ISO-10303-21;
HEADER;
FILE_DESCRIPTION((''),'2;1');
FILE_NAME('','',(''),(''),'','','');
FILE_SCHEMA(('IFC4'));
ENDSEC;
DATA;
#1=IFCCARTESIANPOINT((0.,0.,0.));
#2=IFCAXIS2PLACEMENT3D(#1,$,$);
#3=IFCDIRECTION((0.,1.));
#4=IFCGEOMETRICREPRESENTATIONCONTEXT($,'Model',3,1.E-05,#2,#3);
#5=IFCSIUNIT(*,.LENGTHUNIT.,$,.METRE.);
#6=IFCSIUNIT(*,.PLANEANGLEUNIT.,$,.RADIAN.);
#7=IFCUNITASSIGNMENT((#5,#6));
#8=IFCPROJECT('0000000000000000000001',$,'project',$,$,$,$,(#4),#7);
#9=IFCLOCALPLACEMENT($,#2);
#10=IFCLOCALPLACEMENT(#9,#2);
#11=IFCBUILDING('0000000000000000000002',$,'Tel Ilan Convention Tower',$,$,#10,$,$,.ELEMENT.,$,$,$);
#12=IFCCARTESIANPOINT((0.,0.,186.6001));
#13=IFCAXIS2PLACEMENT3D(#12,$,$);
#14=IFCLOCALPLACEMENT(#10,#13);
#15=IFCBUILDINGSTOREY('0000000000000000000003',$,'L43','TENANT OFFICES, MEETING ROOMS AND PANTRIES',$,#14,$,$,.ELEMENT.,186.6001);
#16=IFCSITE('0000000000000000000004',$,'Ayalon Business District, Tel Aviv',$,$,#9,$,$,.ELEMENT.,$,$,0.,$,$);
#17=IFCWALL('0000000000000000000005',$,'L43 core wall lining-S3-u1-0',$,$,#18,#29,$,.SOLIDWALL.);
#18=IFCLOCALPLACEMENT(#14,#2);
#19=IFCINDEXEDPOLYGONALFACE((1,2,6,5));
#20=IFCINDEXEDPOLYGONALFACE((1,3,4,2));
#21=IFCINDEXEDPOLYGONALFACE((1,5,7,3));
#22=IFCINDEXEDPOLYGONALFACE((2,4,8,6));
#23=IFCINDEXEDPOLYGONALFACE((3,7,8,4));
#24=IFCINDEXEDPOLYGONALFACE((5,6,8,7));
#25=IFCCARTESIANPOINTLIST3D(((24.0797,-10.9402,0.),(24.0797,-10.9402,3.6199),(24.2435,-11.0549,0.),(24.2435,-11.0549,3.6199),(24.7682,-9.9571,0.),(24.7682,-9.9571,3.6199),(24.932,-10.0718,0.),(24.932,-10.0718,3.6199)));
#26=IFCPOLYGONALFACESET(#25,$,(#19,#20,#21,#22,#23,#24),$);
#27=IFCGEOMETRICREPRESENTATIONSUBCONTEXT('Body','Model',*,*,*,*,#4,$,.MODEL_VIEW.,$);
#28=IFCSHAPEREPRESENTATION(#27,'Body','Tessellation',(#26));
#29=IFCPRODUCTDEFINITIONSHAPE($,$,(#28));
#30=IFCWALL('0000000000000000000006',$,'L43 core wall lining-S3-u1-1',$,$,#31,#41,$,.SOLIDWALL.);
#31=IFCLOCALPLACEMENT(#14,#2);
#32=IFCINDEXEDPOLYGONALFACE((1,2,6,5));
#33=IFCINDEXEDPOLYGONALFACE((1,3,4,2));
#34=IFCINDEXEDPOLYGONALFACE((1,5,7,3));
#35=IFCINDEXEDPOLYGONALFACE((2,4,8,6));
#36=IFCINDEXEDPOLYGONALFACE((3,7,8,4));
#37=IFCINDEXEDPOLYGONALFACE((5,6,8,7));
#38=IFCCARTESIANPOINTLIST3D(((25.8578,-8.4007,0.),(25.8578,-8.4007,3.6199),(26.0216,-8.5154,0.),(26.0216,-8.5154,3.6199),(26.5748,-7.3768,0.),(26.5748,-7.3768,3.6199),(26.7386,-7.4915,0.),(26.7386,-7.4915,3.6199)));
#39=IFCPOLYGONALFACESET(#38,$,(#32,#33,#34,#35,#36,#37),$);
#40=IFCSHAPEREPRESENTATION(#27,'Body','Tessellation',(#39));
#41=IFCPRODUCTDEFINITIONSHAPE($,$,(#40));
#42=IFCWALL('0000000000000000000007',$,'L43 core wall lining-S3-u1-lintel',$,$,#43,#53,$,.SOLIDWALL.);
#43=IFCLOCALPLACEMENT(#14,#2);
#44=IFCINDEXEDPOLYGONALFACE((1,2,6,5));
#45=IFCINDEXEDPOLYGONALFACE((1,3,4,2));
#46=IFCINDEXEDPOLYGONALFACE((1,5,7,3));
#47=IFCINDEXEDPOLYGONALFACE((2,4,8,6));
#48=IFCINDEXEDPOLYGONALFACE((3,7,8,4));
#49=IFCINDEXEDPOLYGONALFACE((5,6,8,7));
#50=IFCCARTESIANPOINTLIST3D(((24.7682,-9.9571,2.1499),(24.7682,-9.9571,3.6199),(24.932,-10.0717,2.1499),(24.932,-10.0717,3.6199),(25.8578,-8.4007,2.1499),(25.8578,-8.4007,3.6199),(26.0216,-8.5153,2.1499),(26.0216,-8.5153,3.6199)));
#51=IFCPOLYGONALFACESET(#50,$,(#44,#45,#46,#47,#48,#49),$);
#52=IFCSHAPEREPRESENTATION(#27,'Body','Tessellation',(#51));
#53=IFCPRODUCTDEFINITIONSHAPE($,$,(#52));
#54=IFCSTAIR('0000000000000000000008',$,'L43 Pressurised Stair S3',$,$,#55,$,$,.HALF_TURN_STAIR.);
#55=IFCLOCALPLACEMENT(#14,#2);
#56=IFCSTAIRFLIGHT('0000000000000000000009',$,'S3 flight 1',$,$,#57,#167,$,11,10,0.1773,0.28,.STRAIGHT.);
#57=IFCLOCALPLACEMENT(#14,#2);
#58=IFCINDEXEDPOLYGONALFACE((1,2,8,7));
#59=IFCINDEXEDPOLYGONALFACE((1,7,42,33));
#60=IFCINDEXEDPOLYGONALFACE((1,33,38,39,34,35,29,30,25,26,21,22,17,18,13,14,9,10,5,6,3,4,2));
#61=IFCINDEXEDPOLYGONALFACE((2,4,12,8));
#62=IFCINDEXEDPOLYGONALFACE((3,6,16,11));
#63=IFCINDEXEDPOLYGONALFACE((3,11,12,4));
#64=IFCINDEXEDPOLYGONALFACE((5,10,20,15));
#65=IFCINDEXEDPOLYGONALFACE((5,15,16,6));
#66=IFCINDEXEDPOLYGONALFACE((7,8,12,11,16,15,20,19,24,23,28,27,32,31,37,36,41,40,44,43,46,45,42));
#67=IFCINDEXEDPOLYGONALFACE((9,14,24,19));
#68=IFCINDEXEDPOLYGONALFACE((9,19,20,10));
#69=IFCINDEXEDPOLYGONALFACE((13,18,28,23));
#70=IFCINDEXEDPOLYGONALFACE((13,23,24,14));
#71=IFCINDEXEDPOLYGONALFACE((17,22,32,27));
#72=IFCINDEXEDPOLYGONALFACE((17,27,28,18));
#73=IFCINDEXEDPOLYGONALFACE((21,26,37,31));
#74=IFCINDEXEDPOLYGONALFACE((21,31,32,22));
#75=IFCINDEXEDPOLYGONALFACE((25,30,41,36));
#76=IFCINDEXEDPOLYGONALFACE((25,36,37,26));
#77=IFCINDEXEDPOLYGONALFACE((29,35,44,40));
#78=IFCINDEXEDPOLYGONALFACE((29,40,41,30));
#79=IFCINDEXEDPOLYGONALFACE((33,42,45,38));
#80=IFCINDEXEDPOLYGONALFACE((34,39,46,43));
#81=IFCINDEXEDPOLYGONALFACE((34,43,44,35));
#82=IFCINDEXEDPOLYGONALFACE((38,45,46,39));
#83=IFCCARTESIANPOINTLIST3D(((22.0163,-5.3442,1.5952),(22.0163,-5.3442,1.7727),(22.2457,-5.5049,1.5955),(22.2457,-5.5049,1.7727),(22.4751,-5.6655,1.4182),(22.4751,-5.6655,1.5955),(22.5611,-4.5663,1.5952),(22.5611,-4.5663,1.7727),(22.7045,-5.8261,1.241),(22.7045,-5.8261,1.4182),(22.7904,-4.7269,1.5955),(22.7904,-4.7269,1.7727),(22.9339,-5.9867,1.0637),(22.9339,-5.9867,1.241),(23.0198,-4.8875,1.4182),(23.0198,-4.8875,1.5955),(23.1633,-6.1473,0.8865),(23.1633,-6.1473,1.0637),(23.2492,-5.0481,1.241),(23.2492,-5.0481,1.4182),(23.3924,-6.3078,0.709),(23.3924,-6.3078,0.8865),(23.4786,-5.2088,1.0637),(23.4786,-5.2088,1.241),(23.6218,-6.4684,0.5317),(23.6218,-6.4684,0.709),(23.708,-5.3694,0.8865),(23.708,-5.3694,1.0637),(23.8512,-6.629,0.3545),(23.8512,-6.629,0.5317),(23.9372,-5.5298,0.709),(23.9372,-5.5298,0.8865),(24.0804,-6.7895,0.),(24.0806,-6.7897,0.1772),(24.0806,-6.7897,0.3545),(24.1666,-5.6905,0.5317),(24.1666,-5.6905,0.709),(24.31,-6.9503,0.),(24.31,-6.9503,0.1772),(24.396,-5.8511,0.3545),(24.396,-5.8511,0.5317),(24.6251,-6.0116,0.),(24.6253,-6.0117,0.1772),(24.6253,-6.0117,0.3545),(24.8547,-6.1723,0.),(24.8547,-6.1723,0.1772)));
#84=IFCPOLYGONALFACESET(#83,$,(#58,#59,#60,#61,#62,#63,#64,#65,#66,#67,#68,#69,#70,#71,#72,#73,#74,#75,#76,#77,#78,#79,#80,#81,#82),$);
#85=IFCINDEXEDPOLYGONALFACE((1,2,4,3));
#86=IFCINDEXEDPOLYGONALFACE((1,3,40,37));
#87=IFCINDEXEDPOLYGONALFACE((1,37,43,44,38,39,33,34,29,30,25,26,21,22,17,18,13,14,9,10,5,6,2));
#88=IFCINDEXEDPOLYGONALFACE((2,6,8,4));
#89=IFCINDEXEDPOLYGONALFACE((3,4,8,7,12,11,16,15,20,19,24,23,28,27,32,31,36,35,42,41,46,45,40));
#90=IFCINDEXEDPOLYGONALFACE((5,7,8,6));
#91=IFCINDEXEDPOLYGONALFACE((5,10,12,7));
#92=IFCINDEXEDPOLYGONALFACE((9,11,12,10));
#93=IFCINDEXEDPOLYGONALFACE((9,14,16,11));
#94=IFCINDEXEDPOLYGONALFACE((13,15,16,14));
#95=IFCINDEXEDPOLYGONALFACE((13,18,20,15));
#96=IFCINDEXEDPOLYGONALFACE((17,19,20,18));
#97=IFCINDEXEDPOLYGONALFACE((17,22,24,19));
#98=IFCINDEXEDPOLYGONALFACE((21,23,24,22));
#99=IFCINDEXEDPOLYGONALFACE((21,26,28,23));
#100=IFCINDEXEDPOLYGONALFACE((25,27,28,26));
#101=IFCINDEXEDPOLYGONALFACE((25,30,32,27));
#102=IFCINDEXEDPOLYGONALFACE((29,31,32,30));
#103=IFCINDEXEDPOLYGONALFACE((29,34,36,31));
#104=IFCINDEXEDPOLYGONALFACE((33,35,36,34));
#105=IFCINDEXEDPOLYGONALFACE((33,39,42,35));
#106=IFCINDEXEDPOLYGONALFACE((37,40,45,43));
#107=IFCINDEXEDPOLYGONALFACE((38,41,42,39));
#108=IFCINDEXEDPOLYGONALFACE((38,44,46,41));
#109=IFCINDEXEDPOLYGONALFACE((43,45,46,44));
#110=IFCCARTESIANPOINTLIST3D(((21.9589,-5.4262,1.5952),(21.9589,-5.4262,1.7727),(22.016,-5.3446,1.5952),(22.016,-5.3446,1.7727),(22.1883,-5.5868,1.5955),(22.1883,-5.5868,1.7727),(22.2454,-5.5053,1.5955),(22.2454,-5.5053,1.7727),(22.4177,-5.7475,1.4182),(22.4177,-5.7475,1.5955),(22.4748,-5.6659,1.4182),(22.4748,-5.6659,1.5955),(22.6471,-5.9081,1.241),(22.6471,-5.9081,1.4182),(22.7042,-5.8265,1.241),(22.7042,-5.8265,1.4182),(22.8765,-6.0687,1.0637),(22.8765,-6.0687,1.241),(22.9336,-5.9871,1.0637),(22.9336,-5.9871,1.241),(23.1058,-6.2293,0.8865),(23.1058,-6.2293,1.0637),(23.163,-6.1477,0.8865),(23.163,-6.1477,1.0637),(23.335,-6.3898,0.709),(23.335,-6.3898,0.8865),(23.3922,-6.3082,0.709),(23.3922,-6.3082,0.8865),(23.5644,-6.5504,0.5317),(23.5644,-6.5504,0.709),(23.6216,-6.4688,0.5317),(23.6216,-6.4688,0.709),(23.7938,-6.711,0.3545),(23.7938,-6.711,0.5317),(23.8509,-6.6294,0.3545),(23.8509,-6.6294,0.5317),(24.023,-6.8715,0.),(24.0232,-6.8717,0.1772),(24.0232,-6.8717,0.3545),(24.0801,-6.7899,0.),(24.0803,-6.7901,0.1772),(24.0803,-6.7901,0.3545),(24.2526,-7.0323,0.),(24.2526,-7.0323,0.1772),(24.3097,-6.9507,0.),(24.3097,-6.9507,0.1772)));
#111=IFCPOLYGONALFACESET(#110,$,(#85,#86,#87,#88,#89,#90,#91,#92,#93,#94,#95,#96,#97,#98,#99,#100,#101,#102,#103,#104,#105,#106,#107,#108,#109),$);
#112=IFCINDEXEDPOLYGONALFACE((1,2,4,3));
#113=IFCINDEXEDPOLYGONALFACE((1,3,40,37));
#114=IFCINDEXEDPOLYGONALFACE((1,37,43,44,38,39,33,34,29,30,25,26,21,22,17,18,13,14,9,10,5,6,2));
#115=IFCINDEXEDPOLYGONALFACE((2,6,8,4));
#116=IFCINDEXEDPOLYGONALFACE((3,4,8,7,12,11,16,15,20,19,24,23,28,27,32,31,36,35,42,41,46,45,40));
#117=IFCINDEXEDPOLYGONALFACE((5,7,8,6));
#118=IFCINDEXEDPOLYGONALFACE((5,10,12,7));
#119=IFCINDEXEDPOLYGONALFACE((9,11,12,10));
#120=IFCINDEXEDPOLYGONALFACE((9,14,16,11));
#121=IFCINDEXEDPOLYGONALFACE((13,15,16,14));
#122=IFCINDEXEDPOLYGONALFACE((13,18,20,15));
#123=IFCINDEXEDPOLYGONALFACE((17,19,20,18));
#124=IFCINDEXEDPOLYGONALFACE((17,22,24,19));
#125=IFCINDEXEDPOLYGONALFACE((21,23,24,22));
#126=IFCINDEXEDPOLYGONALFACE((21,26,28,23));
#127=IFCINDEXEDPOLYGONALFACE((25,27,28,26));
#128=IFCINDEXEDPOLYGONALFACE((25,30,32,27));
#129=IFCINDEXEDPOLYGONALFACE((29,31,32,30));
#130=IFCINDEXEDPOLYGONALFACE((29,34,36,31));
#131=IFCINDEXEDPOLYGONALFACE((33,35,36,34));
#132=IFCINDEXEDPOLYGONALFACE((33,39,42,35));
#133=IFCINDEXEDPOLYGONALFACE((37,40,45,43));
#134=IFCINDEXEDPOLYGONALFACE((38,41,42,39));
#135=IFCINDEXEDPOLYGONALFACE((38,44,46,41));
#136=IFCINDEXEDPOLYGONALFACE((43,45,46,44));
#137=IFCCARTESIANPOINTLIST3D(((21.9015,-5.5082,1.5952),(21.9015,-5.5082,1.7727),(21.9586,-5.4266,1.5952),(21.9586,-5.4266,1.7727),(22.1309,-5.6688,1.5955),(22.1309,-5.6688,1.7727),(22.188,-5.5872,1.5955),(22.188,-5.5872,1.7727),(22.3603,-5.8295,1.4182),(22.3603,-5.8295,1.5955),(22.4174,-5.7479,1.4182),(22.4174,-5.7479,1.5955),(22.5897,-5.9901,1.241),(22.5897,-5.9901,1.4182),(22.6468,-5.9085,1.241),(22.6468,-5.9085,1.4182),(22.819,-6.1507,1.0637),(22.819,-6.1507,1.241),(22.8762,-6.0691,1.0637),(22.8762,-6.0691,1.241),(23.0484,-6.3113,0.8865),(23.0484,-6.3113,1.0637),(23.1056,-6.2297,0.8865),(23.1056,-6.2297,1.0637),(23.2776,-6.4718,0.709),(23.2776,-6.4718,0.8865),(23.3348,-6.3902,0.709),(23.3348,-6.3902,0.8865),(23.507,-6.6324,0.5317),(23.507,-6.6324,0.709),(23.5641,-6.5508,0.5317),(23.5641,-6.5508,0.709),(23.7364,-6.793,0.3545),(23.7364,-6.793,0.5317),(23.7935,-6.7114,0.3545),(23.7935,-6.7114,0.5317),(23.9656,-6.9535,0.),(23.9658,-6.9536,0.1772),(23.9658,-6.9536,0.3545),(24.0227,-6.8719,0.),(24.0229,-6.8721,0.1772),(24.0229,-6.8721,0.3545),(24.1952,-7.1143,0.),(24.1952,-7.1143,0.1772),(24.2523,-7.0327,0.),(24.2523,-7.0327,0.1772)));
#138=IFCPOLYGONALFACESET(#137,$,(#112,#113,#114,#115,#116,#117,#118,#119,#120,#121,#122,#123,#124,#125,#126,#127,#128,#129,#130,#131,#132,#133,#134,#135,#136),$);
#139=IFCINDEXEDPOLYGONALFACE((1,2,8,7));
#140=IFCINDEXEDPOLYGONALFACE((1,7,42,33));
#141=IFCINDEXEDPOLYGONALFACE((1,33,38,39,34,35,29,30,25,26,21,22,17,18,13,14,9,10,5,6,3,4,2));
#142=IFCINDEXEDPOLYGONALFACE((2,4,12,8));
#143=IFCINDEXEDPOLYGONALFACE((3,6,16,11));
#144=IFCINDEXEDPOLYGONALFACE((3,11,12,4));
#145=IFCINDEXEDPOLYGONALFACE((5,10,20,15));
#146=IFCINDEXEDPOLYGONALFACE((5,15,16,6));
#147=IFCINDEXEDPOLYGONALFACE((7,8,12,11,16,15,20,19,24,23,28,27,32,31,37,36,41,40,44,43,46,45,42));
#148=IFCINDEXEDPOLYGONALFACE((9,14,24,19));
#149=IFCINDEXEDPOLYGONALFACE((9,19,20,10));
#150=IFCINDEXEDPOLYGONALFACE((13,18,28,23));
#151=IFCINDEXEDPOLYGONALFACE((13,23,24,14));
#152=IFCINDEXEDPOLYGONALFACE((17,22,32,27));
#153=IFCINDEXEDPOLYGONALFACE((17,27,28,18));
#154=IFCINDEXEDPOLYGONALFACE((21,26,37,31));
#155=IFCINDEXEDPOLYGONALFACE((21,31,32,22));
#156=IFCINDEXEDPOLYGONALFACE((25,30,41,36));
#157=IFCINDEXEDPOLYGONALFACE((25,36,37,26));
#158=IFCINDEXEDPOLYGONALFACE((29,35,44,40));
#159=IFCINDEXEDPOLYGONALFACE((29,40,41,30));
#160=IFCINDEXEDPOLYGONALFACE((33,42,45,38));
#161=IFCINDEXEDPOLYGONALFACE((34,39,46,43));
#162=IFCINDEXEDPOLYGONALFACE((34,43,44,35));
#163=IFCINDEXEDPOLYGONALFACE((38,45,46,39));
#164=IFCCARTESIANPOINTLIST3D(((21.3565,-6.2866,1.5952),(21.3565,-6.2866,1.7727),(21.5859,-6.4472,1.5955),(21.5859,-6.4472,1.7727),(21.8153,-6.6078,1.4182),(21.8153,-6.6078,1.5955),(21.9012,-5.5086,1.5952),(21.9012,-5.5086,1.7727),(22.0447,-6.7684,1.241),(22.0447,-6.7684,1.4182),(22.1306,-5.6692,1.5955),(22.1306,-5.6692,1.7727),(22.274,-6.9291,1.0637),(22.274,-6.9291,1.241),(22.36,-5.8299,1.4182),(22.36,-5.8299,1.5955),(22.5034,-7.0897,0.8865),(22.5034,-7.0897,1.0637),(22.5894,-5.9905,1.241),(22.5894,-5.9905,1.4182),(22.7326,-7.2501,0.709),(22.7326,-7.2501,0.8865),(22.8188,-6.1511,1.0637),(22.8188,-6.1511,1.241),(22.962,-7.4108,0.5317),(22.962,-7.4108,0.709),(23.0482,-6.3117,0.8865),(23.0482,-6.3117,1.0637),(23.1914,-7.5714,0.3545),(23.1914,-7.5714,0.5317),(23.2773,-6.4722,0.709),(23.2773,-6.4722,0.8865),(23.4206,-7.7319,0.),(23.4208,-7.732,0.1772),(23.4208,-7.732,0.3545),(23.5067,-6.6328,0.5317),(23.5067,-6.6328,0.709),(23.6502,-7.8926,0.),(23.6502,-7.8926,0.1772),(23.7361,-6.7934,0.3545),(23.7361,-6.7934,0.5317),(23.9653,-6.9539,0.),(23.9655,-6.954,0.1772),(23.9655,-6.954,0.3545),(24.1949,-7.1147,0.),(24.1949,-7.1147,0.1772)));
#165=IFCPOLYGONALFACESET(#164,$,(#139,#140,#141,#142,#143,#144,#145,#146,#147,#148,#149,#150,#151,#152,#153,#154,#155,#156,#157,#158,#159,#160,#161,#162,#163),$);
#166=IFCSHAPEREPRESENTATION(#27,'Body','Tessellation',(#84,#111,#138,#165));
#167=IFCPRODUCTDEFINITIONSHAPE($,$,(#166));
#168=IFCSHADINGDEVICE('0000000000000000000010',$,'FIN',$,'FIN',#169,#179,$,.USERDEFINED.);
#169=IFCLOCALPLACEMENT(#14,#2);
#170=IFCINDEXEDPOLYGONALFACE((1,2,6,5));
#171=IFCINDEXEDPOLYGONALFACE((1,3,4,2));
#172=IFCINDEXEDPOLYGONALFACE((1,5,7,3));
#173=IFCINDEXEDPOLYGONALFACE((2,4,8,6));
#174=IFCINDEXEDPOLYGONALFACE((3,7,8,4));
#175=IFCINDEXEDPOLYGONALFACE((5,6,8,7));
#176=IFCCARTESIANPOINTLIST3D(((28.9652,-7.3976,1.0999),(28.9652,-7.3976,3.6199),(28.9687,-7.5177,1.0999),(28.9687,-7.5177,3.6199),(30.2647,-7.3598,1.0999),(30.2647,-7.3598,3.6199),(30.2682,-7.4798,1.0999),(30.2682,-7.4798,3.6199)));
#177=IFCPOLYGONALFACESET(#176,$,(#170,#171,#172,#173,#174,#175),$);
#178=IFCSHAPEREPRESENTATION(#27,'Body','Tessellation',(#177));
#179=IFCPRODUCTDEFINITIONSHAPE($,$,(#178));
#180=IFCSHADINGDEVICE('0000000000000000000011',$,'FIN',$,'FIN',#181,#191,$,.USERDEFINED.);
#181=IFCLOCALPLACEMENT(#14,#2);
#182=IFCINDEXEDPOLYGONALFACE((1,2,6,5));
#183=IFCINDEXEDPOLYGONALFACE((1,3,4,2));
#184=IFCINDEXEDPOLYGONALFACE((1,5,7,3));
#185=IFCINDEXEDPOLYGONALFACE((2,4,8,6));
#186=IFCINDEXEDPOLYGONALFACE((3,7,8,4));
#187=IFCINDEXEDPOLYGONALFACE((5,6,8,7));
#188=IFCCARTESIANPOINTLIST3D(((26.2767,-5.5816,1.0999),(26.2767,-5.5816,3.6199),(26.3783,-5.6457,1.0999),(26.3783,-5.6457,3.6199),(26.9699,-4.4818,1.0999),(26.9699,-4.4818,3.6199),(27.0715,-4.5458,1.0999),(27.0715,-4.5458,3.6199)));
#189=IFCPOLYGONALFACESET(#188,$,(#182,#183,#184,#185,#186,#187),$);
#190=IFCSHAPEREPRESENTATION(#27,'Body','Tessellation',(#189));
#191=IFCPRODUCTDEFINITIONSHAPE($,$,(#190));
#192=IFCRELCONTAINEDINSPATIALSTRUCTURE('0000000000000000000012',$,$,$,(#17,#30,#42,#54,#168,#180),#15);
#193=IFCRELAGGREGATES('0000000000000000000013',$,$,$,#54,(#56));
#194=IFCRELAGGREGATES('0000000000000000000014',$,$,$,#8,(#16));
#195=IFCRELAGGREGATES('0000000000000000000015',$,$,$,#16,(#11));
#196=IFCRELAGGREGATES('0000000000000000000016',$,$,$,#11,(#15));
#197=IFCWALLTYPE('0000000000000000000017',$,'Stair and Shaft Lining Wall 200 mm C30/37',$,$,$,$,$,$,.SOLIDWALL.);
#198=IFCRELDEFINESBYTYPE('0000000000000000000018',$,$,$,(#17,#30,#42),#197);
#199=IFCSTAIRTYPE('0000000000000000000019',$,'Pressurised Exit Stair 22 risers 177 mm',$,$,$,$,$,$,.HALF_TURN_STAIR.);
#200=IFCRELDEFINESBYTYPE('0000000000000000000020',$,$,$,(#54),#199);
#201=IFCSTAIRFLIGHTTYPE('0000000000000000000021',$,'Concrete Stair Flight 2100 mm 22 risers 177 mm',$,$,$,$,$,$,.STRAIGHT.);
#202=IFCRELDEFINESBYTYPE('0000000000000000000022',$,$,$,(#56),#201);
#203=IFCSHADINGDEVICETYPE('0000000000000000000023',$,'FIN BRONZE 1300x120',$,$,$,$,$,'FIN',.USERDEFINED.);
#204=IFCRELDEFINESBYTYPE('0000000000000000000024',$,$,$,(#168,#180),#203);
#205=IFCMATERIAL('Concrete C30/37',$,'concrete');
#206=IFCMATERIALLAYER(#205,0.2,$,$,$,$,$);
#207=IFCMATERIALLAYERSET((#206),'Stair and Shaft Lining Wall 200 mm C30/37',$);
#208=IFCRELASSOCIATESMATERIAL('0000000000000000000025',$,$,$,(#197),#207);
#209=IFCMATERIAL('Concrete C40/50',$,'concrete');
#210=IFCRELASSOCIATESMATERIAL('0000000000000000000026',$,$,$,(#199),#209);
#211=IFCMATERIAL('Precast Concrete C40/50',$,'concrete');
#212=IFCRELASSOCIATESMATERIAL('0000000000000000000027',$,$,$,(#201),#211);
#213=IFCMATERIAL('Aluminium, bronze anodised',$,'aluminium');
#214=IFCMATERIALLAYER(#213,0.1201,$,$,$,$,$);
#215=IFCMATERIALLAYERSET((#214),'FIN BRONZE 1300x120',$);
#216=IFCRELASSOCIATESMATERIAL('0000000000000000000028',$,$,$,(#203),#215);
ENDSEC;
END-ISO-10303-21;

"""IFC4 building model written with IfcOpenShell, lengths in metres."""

from ifc_helpers import new_model, si_unit, direction, frame, frame_2d, origin, origin_2d, place, context, subcontext, project, spatial, polyline, rectangle, outline, extrude, material, layer, layer_set, type_object, element, aggregate, save


model = new_model("IFC4")

# Units and contexts
model_context = context("Model", 3, precision=1e-05, world=origin(), true_north=direction((0.0, 1.0)))
body_context = subcontext(model_context, "Body", "Model", "MODEL_VIEW")
ifc_project = project(units=[si_unit("LENGTHUNIT", "METRE"), si_unit("PLANEANGLEUNIT", "RADIAN")], contexts=[model_context])

# Site, building, storey
site_placement = place(None, origin())
site = spatial("IfcSite", under=ifc_project, at=site_placement, Name="Ayalon Business District, Tel Aviv", CompositionType="ELEMENT", RefElevation=0.0)
building_placement = place(site_placement, origin())
building = spatial("IfcBuilding", under=site, at=building_placement, Name="Tel Ilan Convention Tower", CompositionType="ELEMENT")
storey_placement = place(building_placement, frame((0.0, 0.0, 186.6001)))
storey = spatial("IfcBuildingStorey", under=building, at=storey_placement, Name="L43", Description="TENANT OFFICES, MEETING ROOMS AND PANTRIES", CompositionType="ELEMENT", Elevation=186.6001)

# Walls
ifc_material_1 = material(Name="Concrete C30/37", Category="concrete")
ifc_layer_1 = layer(ifc_material_1, 0.2)
ifc_layer_set_1 = layer_set([ifc_layer_1], Name="Stair and Shaft Lining Wall 200 mm C30/37")
wall_type_1 = type_object("IfcWallType", Name="Stair and Shaft Lining Wall 200 mm C30/37", PredefinedType="SOLIDWALL", material=ifc_layer_set_1)
wall_1_placement = place(storey_placement, frame((24.1616, -10.9976, 0.0), z_axis=(0.0, 0.0, 1.0), x_axis=(0.573613, 0.819127, 0.0)))
element("IfcWall", 1, at=wall_1_placement, inside=storey, type_object=wall_type_1, Name="L43 core wall lining-S3-u1-0", PredefinedType="SOLIDWALL", context=body_context, shape_type="SweptSolid", body=[
    extrude(rectangle(XDim=1.2002, YDim=0.2, at=frame_2d((0.6001, 0.0))), origin(), (0.0, 0.0, 1.0), 3.6199),
])
wall_2_placement = place(storey_placement, frame((25.9397, -8.458, 0.0), z_axis=(0.0, 0.0, 1.0), x_axis=(0.57362, 0.819122, 0.0)))
element("IfcWall", 2, at=wall_2_placement, inside=storey, type_object=wall_type_1, Name="L43 core wall lining-S3-u1-1", PredefinedType="SOLIDWALL", context=body_context, shape_type="SweptSolid", body=[
    extrude(rectangle(XDim=1.25, YDim=0.2, at=frame_2d((0.625, 0.0))), origin(), (0.0, 0.0, 1.0), 3.6199),
])
wall_3_placement = place(storey_placement, frame((24.8501, -10.0144, 2.1499), z_axis=(0.0, 0.0, 1.0), x_axis=(0.573505, 0.819202, 0.0)))
element("IfcWall", 3, at=wall_3_placement, inside=storey, type_object=wall_type_1, Name="L43 core wall lining-S3-u1-lintel", PredefinedType="SOLIDWALL", context=body_context, shape_type="SweptSolid", body=[
    extrude(rectangle(XDim=1.8999, YDim=0.2, at=frame_2d((0.95, 0.0))), origin(), (0.0, 0.0, 1.0), 1.47),
])

# Stair, stair flight
ifc_material_2 = material(Name="Concrete C40/50", Category="concrete")
stair_type = type_object("IfcStairType", Name="Pressurised Exit Stair 22 risers 177 mm", PredefinedType="HALF_TURN_STAIR", material=ifc_material_2)
stair_placement = place(storey_placement, origin())
stair = element("IfcStair", 4, at=stair_placement, inside=storey, type_object=stair_type, Name="L43 Pressurised Stair S3", PredefinedType="HALF_TURN_STAIR")
ifc_material_3 = material(Name="Precast Concrete C40/50", Category="concrete")
stair_flight_type = type_object("IfcStairFlightType", Name="Concrete Stair Flight 2100 mm 22 risers 177 mm", PredefinedType="STRAIGHT", material=ifc_material_3)
stair_flight_placement = place(storey_placement, frame((24.2524, -7.0325, 0.0), z_axis=(0.0, 0.0, 1.0), x_axis=(-0.819152, 0.573576, 0.0)))
stair_flight = element("IfcStairFlight", 5, at=stair_flight_placement, type_object=stair_flight_type, Name="S3 flight 1", NumberOfRisers=11, NumberOfTreads=10, PredefinedType="STRAIGHT", RiserHeight=0.1773, TreadLength=0.28, context=body_context, shape_type="SweptSolid", body=[
    extrude(outline(polyline([(0.0, 0.0), (0.0, 0.1772), (0.28, 0.1772), (0.28, 0.3545), (0.5601, 0.3545), (0.5601, 0.5317), (0.8401, 0.5317), (0.8401, 0.709), (1.1201, 0.709), (1.1201, 0.8865), (1.3999, 0.8865), (1.3999, 1.0637), (1.6799, 1.0637), (1.6799, 1.241), (1.96, 1.241), (1.96, 1.4182), (2.24, 1.4182), (2.24, 1.5955), (2.52, 1.5955), (2.52, 1.7727), (2.8, 1.7727), (2.8, 1.95), (2.8, 1.5952), (0.2803, 0.0), (0.0, 0.0)])), frame((0.0, -0.1003, 0.0), z_axis=(0.0, -1.0, 0.0), x_axis=(1.0, 0.0, 0.0)), (0.0, 0.0, 1.0), 0.9497),
    extrude(outline(polyline([(0.0, 0.0), (0.0, 0.1772), (0.28, 0.1772), (0.28, 0.3545), (0.5601, 0.3545), (0.5601, 0.5317), (0.8401, 0.5317), (0.8401, 0.709), (1.1201, 0.709), (1.1201, 0.8865), (1.3999, 0.8865), (1.3999, 1.0637), (1.6799, 1.0637), (1.6799, 1.241), (1.96, 1.241), (1.96, 1.4182), (2.24, 1.4182), (2.24, 1.5955), (2.52, 1.5955), (2.52, 1.7727), (2.8, 1.7727), (2.8, 1.95), (2.8, 1.5952), (0.2803, 0.0), (0.0, 0.0)])), frame((0.0, -0.0002, 0.0), z_axis=(0.0, -1.0, 0.0), x_axis=(1.0, 0.0, 0.0)), (0.0, 0.0, 1.0), 0.0996),
    extrude(outline(polyline([(0.0, 0.0), (0.0, 0.1772), (0.28, 0.1772), (0.28, 0.3545), (0.5601, 0.3545), (0.5601, 0.5317), (0.8401, 0.5317), (0.8401, 0.709), (1.1201, 0.709), (1.1201, 0.8865), (1.3999, 0.8865), (1.3999, 1.0637), (1.6799, 1.0637), (1.6799, 1.241), (1.96, 1.241), (1.96, 1.4182), (2.24, 1.4182), (2.24, 1.5955), (2.52, 1.5955), (2.52, 1.7727), (2.8, 1.7727), (2.8, 1.95), (2.8, 1.5952), (0.2803, 0.0), (0.0, 0.0)])), frame((0.0, 0.0999, 0.0), z_axis=(0.0, -1.0, 0.0), x_axis=(1.0, 0.0, 0.0)), (0.0, 0.0, 1.0), 0.0996),
    extrude(outline(polyline([(0.0, 0.0), (0.0, 0.1772), (0.28, 0.1772), (0.28, 0.3545), (0.5601, 0.3545), (0.5601, 0.5317), (0.8401, 0.5317), (0.8401, 0.709), (1.1201, 0.709), (1.1201, 0.8865), (1.3999, 0.8865), (1.3999, 1.0637), (1.6799, 1.0637), (1.6799, 1.241), (1.96, 1.241), (1.96, 1.4182), (2.24, 1.4182), (2.24, 1.5955), (2.52, 1.5955), (2.52, 1.7727), (2.8, 1.7727), (2.8, 1.95), (2.8, 1.5952), (0.2803, 0.0), (0.0, 0.0)])), frame((0.0, 1.05, 0.0), z_axis=(0.0, -1.0, 0.0), x_axis=(1.0, 0.0, 0.0)), (0.0, 0.0, 1.0), 0.9497),
])
aggregate(stair, [stair_flight])

# Shading devices
ifc_material_4 = material(Name="Aluminium, bronze anodised", Category="aluminium")
ifc_layer_2 = layer(ifc_material_4, 0.1201)
ifc_layer_set_2 = layer_set([ifc_layer_2], Name="FIN BRONZE 1300x120")
shading_device_type = type_object("IfcShadingDeviceType", Name="FIN BRONZE 1300x120", ElementType="FIN", PredefinedType="USERDEFINED", material=ifc_layer_set_2)
for number, where, z_axis, x_axis, name in (
    (6, (29.6167, -7.4387, 1.0999), (0.0, 0.0, 1.0), (0.999577, 0.029085, 0.0), "FIN"),
    (7, (26.6741, -5.0637, 1.0999), (0.0, 0.0, 1.0), (0.533204, 0.845986, 0.0), "FIN"),
):
    element("IfcShadingDevice", number, at=place(storey_placement, frame(where, z_axis=z_axis, x_axis=x_axis)), inside=storey, type_object=shading_device_type, Name=name, ObjectType="FIN", PredefinedType="USERDEFINED", context=body_context, shape_type="SweptSolid", body=[
        extrude(rectangle(XDim=1.3, YDim=0.1201, at=origin_2d()), origin(), (0.0, 0.0, 1.0), 2.52),
    ])

save(model, "model.ifc")
